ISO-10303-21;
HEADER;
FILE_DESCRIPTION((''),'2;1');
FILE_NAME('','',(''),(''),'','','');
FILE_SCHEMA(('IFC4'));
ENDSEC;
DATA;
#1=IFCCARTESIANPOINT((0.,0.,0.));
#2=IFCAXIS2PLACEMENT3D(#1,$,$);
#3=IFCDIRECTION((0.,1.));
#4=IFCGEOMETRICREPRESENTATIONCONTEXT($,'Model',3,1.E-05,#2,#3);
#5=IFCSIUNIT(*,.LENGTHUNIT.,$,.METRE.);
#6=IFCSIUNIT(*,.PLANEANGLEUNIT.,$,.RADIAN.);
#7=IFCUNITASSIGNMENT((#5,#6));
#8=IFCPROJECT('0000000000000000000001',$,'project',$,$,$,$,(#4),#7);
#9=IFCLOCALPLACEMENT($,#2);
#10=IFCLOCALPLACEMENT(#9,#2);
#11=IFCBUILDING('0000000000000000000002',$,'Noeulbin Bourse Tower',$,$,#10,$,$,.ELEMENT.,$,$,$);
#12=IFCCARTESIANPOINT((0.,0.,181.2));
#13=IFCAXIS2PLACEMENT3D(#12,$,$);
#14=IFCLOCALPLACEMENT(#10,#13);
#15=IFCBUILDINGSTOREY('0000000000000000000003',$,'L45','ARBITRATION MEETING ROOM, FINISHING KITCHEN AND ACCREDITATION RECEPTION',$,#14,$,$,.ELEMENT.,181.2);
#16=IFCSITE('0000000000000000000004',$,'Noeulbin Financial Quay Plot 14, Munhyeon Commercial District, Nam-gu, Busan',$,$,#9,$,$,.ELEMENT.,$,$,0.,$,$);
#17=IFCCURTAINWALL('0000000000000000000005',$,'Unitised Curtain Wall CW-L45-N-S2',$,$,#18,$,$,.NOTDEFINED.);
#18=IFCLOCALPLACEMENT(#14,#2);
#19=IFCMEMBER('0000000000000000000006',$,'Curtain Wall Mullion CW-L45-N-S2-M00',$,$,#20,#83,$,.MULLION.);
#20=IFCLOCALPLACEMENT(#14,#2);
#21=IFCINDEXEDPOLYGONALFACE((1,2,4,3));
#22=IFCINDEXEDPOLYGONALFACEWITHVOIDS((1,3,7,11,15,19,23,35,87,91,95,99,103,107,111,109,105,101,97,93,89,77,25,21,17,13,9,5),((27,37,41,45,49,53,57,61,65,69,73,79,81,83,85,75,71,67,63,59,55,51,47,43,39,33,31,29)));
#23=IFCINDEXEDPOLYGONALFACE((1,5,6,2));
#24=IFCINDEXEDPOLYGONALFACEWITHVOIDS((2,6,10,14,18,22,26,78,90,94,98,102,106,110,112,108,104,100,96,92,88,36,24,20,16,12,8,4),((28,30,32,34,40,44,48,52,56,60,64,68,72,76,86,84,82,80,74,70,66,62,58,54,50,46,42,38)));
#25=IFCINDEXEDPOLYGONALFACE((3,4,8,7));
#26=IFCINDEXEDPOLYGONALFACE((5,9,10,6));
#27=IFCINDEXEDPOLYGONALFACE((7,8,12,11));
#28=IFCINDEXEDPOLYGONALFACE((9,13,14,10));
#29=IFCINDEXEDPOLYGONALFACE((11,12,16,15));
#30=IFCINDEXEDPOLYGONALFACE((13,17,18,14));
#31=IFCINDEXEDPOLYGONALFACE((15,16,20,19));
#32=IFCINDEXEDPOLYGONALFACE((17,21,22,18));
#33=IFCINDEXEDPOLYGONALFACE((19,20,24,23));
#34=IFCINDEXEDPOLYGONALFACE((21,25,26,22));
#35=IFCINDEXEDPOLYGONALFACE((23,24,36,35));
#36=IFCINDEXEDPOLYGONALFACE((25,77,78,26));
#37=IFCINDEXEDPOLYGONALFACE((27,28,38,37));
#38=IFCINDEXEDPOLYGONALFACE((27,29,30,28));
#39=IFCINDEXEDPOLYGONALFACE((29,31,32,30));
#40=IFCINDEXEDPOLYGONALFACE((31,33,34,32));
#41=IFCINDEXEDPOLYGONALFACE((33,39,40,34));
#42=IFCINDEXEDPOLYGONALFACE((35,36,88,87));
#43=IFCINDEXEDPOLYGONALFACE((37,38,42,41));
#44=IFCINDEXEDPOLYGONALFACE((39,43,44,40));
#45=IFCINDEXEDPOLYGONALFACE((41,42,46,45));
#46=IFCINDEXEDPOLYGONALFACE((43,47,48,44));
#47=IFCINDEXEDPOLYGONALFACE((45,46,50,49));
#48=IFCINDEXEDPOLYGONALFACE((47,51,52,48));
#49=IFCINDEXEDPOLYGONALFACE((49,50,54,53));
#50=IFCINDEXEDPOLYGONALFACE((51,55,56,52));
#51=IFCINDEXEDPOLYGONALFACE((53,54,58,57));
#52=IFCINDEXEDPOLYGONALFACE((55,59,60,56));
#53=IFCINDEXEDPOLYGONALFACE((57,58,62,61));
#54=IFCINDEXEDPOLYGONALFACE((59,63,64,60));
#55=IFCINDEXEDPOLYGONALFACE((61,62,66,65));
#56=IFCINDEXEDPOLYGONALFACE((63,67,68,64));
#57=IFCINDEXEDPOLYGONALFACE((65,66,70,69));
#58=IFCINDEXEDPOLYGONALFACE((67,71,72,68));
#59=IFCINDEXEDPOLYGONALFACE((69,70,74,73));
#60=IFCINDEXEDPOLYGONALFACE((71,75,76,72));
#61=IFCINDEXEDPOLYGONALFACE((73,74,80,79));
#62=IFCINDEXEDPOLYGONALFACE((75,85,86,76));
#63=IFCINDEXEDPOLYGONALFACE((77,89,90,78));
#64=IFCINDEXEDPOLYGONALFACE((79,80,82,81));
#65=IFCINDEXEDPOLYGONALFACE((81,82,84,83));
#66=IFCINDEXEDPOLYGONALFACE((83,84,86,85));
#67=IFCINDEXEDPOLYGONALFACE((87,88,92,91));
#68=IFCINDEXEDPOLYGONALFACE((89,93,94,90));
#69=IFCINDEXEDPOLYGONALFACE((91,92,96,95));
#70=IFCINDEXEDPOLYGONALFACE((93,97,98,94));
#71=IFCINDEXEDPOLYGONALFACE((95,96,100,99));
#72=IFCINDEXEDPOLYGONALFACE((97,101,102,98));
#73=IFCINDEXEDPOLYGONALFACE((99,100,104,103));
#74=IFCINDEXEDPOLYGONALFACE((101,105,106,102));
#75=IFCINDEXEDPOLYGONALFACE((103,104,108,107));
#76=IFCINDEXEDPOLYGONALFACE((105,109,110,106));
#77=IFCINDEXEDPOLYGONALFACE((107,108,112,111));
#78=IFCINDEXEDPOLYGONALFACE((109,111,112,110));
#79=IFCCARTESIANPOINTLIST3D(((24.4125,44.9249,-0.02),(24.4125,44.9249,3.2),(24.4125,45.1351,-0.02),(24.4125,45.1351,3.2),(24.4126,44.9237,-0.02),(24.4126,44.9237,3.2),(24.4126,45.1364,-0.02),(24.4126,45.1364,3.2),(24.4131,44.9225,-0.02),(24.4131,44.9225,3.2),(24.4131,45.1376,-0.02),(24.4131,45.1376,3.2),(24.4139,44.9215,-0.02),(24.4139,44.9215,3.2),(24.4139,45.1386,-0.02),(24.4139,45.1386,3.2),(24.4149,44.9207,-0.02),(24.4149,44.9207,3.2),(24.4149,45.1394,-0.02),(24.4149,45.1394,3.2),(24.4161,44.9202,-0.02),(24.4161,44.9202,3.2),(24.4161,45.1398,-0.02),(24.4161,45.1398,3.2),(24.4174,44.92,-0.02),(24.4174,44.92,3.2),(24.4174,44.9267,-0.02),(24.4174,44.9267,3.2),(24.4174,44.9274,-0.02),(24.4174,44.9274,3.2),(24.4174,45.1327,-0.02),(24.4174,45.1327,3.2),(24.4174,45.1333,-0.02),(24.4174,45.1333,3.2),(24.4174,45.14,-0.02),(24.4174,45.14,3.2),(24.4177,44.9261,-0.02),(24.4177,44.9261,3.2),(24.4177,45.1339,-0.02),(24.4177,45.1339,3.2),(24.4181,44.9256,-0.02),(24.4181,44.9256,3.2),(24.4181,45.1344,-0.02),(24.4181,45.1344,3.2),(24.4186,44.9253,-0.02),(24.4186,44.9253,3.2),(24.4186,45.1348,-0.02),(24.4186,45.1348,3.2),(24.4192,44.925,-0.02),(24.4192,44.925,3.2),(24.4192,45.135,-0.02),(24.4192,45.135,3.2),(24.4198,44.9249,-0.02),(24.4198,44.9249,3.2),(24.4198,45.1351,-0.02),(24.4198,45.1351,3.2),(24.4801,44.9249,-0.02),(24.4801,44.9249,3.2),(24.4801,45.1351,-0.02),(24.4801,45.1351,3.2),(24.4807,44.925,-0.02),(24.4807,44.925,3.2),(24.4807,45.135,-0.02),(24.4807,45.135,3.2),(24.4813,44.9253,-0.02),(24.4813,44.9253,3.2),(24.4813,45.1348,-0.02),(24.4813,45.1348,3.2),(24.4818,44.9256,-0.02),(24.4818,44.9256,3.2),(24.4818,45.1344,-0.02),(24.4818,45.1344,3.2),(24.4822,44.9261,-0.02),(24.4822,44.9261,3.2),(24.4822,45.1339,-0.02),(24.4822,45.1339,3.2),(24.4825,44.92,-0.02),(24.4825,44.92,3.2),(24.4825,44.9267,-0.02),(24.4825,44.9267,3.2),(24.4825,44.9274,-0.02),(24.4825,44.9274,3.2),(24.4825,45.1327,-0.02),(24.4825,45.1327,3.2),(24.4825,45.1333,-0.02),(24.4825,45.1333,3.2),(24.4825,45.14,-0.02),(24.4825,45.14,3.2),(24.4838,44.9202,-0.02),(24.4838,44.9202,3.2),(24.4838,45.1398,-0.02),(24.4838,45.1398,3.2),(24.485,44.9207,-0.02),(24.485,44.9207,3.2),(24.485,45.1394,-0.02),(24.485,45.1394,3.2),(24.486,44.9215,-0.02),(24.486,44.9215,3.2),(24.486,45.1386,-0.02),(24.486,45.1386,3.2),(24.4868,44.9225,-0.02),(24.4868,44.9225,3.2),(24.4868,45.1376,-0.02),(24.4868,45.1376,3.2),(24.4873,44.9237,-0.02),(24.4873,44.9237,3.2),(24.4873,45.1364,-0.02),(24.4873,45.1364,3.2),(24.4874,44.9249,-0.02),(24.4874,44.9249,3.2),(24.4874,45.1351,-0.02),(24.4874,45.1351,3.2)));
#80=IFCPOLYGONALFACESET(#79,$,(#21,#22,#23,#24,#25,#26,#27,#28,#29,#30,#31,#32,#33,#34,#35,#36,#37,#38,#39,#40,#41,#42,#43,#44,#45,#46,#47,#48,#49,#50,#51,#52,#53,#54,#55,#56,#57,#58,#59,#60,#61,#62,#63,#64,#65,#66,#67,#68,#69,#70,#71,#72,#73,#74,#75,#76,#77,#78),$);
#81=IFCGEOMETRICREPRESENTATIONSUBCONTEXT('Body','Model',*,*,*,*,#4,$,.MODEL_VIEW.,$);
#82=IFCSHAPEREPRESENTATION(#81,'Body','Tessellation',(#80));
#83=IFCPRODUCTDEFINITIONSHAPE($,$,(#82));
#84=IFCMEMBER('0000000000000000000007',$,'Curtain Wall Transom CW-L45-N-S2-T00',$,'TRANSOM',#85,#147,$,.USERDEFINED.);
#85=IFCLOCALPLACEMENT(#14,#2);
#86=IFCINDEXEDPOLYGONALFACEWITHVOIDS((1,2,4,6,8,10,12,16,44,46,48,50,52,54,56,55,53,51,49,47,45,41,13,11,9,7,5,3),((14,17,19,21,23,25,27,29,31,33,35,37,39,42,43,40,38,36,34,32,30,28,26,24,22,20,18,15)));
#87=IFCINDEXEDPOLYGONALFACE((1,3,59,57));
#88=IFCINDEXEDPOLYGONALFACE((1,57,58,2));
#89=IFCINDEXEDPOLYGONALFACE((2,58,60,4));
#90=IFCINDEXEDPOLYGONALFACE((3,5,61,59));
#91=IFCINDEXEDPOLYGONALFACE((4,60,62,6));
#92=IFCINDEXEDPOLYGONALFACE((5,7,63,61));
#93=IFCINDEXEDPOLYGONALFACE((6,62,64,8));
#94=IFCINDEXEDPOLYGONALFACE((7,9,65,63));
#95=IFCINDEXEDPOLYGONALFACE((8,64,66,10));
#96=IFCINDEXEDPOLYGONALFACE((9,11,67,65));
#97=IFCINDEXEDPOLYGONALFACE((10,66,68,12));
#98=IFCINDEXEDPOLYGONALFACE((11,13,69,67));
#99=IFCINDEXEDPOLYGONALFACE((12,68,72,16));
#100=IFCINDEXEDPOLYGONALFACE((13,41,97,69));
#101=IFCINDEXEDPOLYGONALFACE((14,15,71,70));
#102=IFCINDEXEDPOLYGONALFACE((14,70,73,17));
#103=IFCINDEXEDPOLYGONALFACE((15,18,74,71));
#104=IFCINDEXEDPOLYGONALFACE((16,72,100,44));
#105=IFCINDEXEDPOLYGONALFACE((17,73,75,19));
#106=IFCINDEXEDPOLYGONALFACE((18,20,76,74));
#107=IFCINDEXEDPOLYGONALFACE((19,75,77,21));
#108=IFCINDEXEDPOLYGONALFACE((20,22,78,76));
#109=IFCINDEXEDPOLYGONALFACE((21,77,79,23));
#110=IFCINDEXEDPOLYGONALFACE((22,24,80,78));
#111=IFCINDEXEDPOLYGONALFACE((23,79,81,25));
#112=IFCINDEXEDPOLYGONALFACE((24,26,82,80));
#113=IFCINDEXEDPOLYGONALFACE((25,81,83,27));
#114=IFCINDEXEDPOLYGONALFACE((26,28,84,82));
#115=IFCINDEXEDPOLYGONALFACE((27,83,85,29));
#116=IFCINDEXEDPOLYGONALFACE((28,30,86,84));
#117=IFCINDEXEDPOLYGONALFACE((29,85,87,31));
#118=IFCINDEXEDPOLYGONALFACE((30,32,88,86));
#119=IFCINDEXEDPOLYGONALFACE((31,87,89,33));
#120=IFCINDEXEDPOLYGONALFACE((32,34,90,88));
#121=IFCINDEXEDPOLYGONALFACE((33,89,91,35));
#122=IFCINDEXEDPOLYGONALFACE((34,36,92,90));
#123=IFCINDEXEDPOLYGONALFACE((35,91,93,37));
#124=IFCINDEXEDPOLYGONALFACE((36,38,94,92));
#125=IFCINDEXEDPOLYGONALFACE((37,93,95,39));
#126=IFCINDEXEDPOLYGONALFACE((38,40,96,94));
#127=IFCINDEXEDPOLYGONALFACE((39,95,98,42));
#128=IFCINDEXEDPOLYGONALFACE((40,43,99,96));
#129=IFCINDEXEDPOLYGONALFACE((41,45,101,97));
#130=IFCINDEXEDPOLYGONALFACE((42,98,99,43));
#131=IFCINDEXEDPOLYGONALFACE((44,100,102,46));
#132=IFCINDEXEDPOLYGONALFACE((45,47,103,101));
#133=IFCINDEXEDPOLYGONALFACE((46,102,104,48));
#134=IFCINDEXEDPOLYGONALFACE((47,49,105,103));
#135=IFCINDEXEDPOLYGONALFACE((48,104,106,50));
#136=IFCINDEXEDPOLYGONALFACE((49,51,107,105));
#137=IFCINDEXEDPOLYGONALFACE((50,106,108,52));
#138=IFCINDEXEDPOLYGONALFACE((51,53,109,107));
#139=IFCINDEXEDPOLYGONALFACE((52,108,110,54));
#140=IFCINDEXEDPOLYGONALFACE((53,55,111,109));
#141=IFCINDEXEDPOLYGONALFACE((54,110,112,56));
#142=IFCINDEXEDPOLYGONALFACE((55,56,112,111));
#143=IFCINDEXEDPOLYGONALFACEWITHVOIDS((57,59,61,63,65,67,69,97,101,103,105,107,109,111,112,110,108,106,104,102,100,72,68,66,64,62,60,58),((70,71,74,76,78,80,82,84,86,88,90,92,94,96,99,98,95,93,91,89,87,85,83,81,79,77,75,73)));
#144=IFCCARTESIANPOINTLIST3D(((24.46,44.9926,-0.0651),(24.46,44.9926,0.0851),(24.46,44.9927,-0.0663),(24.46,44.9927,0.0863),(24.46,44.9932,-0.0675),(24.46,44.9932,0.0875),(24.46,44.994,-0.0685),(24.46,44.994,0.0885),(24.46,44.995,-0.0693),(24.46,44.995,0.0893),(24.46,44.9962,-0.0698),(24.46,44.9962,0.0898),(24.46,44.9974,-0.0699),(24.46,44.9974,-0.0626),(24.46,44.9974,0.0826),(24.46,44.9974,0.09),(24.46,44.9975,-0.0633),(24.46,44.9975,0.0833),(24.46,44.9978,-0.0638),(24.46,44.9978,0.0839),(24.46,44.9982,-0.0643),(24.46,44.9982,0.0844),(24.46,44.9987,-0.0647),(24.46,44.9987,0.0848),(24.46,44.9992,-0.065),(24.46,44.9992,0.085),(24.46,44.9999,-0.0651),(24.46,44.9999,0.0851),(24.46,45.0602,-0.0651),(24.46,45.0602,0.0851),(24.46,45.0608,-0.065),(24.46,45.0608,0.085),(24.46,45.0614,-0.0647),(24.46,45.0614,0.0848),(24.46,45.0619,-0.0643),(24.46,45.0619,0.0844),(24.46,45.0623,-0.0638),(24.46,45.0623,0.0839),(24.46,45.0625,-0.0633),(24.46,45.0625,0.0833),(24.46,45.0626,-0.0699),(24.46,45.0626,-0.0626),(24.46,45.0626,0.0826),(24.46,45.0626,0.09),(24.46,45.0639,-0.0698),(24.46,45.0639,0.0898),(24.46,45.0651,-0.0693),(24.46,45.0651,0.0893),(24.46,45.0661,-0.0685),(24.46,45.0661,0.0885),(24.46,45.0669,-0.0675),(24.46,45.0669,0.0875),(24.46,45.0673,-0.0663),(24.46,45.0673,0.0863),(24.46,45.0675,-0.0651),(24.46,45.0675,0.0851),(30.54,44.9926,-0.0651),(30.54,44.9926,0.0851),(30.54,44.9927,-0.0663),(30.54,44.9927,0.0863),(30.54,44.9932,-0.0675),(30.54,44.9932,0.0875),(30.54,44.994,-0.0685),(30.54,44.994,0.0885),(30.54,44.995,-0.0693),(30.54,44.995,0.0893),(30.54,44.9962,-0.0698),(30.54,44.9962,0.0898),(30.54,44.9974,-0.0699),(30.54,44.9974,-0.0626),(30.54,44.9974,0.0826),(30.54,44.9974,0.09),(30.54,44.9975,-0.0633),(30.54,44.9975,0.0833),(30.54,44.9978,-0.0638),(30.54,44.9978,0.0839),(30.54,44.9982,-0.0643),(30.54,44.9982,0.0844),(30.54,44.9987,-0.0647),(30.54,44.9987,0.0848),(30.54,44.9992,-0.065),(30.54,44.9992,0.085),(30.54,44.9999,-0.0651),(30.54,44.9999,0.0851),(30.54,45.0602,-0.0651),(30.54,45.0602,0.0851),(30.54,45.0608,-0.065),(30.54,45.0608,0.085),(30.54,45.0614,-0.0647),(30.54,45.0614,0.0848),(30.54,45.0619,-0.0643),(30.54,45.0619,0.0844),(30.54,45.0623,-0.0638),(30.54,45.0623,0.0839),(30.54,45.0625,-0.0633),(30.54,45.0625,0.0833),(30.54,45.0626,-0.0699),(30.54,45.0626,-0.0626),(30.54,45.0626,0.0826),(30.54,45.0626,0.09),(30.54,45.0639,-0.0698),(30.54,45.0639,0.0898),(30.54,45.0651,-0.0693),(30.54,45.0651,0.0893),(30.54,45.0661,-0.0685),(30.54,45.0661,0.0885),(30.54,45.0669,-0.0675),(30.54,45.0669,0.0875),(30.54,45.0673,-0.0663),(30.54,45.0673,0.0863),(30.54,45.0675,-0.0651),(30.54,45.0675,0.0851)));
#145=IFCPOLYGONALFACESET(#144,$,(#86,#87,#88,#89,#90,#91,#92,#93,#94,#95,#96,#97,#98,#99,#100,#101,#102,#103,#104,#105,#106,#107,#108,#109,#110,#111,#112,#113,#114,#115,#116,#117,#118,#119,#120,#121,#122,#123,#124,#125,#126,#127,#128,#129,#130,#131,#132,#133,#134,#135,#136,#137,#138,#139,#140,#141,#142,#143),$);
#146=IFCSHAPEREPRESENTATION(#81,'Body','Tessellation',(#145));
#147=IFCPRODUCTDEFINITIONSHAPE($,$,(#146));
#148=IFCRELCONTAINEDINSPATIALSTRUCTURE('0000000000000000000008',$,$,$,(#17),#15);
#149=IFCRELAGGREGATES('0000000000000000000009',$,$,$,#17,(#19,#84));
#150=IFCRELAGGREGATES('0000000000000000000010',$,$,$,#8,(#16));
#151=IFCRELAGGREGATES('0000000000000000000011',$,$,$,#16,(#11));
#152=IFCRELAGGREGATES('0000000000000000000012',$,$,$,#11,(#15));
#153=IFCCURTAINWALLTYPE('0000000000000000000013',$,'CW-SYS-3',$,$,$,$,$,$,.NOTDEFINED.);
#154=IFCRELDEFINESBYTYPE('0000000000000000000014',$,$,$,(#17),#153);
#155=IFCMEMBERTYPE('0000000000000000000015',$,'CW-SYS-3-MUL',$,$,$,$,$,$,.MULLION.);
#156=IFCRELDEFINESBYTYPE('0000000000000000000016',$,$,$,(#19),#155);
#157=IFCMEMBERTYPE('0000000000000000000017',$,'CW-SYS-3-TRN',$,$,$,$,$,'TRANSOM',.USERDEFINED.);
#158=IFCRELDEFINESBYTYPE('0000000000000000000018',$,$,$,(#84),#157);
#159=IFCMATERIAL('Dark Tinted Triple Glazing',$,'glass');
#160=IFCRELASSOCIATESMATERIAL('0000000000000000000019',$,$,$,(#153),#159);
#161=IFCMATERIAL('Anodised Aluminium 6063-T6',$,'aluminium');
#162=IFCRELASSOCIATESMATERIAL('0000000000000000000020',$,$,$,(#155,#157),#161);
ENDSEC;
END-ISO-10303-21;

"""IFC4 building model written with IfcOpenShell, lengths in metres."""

from ifc_helpers import new_model, si_unit, direction, frame, origin, origin_2d, place, context, subcontext, project, spatial, hollow_rectangle, extrude, material, material_profile, profile_set, type_object, element, aggregate, save


model = new_model("IFC4")

# Units and contexts
model_context = context("Model", 3, precision=1e-05, world=origin(), true_north=direction((0.0, 1.0)))
body_context = subcontext(model_context, "Body", "Model", "MODEL_VIEW")
ifc_project = project(units=[si_unit("LENGTHUNIT", "METRE"), si_unit("PLANEANGLEUNIT", "RADIAN")], contexts=[model_context])

# Site, building, storey
site_placement = place(None, origin())
site = spatial("IfcSite", under=ifc_project, at=site_placement, Name="Noeulbin Financial Quay Plot 14, Munhyeon Commercial District, Nam-gu, Busan", CompositionType="ELEMENT", RefElevation=0.0)
building_placement = place(site_placement, origin())
building = spatial("IfcBuilding", under=site, at=building_placement, Name="Noeulbin Bourse Tower", CompositionType="ELEMENT")
storey_placement = place(building_placement, frame((0.0, 0.0, 181.2)))
storey = spatial("IfcBuildingStorey", under=building, at=storey_placement, Name="L45", Description="ARBITRATION MEETING ROOM, FINISHING KITCHEN AND ACCREDITATION RECEPTION", CompositionType="ELEMENT", Elevation=181.2)

# Curtain wall, members
ifc_material_1 = material(Name="Dark Tinted Triple Glazing", Category="glass")
curtain_wall_type = type_object("IfcCurtainWallType", Name="CW-SYS-3", PredefinedType="NOTDEFINED", material=ifc_material_1)
ifc_material_2 = material(Name="Anodised Aluminium 6063-T6", Category="aluminium")
ifc_material_profile_1 = material_profile(ifc_material_2, hollow_rectangle(XDim=0.075, YDim=0.22, WallThickness=0.0049, InnerFilletRadius=0.0024, OuterFilletRadius=0.0049, at=origin_2d()), Name="ALU-MULL-75x220x5", Category="LoadBearing")
ifc_profile_set_1 = profile_set([ifc_material_profile_1], Name="Anodised Aluminium 6063-T6")
member_type_1 = type_object("IfcMemberType", Name="CW-SYS-3-MUL", PredefinedType="MULLION", material=ifc_profile_set_1)
curtain_wall_1_placement = place(storey_placement, origin())
curtain_wall_1 = element("IfcCurtainWall", 1, at=curtain_wall_1_placement, inside=storey, type_object=curtain_wall_type, Name="Unitised Curtain Wall CW-L45-N-S2", PredefinedType="NOTDEFINED")
member_1_placement = place(storey_placement, frame((24.45, 45.03, -0.02), z_axis=(0.0, 0.0, 1.0), x_axis=(1.0, 0.0, 0.0)))
member_1 = element("IfcMember", 2, at=member_1_placement, type_object=member_type_1, Name="Curtain Wall Mullion CW-L45-N-S2-M00", PredefinedType="MULLION", context=body_context, shape_type="SweptSolid", body=[
    extrude(hollow_rectangle(XDim=0.075, YDim=0.22, WallThickness=0.0049, InnerFilletRadius=0.0024, OuterFilletRadius=0.0049, at=origin_2d()), origin(), (0.0, 0.0, 1.0), 3.22),
])
ifc_material_profile_2 = material_profile(ifc_material_2, hollow_rectangle(XDim=0.075, YDim=0.1599, WallThickness=0.0049, InnerFilletRadius=0.0024, OuterFilletRadius=0.0049, at=origin_2d()), Name="ALU-TRAN-75x160x5", Category="LoadBearing")
ifc_profile_set_2 = profile_set([ifc_material_profile_2], Name="Anodised Aluminium 6063-T6")
member_type_2 = type_object("IfcMemberType", Name="CW-SYS-3-TRN", ElementType="TRANSOM", PredefinedType="USERDEFINED", material=ifc_profile_set_2)
member_2_placement = place(storey_placement, frame((24.46, 45.03, 0.01), z_axis=(1.0, 0.0, 0.0), x_axis=(0.0, 1.0, 0.0)))
member_2 = element("IfcMember", 3, at=member_2_placement, type_object=member_type_2, Name="Curtain Wall Transom CW-L45-N-S2-T00", ObjectType="TRANSOM", PredefinedType="USERDEFINED", context=body_context, shape_type="SweptSolid", body=[
    extrude(hollow_rectangle(XDim=0.075, YDim=0.1599, WallThickness=0.0049, InnerFilletRadius=0.0024, OuterFilletRadius=0.0049, at=origin_2d()), origin(), (0.0, 0.0, 1.0), 6.0801),
])

aggregate(curtain_wall_1, [member_1, member_2])

save(model, "model.ifc")
